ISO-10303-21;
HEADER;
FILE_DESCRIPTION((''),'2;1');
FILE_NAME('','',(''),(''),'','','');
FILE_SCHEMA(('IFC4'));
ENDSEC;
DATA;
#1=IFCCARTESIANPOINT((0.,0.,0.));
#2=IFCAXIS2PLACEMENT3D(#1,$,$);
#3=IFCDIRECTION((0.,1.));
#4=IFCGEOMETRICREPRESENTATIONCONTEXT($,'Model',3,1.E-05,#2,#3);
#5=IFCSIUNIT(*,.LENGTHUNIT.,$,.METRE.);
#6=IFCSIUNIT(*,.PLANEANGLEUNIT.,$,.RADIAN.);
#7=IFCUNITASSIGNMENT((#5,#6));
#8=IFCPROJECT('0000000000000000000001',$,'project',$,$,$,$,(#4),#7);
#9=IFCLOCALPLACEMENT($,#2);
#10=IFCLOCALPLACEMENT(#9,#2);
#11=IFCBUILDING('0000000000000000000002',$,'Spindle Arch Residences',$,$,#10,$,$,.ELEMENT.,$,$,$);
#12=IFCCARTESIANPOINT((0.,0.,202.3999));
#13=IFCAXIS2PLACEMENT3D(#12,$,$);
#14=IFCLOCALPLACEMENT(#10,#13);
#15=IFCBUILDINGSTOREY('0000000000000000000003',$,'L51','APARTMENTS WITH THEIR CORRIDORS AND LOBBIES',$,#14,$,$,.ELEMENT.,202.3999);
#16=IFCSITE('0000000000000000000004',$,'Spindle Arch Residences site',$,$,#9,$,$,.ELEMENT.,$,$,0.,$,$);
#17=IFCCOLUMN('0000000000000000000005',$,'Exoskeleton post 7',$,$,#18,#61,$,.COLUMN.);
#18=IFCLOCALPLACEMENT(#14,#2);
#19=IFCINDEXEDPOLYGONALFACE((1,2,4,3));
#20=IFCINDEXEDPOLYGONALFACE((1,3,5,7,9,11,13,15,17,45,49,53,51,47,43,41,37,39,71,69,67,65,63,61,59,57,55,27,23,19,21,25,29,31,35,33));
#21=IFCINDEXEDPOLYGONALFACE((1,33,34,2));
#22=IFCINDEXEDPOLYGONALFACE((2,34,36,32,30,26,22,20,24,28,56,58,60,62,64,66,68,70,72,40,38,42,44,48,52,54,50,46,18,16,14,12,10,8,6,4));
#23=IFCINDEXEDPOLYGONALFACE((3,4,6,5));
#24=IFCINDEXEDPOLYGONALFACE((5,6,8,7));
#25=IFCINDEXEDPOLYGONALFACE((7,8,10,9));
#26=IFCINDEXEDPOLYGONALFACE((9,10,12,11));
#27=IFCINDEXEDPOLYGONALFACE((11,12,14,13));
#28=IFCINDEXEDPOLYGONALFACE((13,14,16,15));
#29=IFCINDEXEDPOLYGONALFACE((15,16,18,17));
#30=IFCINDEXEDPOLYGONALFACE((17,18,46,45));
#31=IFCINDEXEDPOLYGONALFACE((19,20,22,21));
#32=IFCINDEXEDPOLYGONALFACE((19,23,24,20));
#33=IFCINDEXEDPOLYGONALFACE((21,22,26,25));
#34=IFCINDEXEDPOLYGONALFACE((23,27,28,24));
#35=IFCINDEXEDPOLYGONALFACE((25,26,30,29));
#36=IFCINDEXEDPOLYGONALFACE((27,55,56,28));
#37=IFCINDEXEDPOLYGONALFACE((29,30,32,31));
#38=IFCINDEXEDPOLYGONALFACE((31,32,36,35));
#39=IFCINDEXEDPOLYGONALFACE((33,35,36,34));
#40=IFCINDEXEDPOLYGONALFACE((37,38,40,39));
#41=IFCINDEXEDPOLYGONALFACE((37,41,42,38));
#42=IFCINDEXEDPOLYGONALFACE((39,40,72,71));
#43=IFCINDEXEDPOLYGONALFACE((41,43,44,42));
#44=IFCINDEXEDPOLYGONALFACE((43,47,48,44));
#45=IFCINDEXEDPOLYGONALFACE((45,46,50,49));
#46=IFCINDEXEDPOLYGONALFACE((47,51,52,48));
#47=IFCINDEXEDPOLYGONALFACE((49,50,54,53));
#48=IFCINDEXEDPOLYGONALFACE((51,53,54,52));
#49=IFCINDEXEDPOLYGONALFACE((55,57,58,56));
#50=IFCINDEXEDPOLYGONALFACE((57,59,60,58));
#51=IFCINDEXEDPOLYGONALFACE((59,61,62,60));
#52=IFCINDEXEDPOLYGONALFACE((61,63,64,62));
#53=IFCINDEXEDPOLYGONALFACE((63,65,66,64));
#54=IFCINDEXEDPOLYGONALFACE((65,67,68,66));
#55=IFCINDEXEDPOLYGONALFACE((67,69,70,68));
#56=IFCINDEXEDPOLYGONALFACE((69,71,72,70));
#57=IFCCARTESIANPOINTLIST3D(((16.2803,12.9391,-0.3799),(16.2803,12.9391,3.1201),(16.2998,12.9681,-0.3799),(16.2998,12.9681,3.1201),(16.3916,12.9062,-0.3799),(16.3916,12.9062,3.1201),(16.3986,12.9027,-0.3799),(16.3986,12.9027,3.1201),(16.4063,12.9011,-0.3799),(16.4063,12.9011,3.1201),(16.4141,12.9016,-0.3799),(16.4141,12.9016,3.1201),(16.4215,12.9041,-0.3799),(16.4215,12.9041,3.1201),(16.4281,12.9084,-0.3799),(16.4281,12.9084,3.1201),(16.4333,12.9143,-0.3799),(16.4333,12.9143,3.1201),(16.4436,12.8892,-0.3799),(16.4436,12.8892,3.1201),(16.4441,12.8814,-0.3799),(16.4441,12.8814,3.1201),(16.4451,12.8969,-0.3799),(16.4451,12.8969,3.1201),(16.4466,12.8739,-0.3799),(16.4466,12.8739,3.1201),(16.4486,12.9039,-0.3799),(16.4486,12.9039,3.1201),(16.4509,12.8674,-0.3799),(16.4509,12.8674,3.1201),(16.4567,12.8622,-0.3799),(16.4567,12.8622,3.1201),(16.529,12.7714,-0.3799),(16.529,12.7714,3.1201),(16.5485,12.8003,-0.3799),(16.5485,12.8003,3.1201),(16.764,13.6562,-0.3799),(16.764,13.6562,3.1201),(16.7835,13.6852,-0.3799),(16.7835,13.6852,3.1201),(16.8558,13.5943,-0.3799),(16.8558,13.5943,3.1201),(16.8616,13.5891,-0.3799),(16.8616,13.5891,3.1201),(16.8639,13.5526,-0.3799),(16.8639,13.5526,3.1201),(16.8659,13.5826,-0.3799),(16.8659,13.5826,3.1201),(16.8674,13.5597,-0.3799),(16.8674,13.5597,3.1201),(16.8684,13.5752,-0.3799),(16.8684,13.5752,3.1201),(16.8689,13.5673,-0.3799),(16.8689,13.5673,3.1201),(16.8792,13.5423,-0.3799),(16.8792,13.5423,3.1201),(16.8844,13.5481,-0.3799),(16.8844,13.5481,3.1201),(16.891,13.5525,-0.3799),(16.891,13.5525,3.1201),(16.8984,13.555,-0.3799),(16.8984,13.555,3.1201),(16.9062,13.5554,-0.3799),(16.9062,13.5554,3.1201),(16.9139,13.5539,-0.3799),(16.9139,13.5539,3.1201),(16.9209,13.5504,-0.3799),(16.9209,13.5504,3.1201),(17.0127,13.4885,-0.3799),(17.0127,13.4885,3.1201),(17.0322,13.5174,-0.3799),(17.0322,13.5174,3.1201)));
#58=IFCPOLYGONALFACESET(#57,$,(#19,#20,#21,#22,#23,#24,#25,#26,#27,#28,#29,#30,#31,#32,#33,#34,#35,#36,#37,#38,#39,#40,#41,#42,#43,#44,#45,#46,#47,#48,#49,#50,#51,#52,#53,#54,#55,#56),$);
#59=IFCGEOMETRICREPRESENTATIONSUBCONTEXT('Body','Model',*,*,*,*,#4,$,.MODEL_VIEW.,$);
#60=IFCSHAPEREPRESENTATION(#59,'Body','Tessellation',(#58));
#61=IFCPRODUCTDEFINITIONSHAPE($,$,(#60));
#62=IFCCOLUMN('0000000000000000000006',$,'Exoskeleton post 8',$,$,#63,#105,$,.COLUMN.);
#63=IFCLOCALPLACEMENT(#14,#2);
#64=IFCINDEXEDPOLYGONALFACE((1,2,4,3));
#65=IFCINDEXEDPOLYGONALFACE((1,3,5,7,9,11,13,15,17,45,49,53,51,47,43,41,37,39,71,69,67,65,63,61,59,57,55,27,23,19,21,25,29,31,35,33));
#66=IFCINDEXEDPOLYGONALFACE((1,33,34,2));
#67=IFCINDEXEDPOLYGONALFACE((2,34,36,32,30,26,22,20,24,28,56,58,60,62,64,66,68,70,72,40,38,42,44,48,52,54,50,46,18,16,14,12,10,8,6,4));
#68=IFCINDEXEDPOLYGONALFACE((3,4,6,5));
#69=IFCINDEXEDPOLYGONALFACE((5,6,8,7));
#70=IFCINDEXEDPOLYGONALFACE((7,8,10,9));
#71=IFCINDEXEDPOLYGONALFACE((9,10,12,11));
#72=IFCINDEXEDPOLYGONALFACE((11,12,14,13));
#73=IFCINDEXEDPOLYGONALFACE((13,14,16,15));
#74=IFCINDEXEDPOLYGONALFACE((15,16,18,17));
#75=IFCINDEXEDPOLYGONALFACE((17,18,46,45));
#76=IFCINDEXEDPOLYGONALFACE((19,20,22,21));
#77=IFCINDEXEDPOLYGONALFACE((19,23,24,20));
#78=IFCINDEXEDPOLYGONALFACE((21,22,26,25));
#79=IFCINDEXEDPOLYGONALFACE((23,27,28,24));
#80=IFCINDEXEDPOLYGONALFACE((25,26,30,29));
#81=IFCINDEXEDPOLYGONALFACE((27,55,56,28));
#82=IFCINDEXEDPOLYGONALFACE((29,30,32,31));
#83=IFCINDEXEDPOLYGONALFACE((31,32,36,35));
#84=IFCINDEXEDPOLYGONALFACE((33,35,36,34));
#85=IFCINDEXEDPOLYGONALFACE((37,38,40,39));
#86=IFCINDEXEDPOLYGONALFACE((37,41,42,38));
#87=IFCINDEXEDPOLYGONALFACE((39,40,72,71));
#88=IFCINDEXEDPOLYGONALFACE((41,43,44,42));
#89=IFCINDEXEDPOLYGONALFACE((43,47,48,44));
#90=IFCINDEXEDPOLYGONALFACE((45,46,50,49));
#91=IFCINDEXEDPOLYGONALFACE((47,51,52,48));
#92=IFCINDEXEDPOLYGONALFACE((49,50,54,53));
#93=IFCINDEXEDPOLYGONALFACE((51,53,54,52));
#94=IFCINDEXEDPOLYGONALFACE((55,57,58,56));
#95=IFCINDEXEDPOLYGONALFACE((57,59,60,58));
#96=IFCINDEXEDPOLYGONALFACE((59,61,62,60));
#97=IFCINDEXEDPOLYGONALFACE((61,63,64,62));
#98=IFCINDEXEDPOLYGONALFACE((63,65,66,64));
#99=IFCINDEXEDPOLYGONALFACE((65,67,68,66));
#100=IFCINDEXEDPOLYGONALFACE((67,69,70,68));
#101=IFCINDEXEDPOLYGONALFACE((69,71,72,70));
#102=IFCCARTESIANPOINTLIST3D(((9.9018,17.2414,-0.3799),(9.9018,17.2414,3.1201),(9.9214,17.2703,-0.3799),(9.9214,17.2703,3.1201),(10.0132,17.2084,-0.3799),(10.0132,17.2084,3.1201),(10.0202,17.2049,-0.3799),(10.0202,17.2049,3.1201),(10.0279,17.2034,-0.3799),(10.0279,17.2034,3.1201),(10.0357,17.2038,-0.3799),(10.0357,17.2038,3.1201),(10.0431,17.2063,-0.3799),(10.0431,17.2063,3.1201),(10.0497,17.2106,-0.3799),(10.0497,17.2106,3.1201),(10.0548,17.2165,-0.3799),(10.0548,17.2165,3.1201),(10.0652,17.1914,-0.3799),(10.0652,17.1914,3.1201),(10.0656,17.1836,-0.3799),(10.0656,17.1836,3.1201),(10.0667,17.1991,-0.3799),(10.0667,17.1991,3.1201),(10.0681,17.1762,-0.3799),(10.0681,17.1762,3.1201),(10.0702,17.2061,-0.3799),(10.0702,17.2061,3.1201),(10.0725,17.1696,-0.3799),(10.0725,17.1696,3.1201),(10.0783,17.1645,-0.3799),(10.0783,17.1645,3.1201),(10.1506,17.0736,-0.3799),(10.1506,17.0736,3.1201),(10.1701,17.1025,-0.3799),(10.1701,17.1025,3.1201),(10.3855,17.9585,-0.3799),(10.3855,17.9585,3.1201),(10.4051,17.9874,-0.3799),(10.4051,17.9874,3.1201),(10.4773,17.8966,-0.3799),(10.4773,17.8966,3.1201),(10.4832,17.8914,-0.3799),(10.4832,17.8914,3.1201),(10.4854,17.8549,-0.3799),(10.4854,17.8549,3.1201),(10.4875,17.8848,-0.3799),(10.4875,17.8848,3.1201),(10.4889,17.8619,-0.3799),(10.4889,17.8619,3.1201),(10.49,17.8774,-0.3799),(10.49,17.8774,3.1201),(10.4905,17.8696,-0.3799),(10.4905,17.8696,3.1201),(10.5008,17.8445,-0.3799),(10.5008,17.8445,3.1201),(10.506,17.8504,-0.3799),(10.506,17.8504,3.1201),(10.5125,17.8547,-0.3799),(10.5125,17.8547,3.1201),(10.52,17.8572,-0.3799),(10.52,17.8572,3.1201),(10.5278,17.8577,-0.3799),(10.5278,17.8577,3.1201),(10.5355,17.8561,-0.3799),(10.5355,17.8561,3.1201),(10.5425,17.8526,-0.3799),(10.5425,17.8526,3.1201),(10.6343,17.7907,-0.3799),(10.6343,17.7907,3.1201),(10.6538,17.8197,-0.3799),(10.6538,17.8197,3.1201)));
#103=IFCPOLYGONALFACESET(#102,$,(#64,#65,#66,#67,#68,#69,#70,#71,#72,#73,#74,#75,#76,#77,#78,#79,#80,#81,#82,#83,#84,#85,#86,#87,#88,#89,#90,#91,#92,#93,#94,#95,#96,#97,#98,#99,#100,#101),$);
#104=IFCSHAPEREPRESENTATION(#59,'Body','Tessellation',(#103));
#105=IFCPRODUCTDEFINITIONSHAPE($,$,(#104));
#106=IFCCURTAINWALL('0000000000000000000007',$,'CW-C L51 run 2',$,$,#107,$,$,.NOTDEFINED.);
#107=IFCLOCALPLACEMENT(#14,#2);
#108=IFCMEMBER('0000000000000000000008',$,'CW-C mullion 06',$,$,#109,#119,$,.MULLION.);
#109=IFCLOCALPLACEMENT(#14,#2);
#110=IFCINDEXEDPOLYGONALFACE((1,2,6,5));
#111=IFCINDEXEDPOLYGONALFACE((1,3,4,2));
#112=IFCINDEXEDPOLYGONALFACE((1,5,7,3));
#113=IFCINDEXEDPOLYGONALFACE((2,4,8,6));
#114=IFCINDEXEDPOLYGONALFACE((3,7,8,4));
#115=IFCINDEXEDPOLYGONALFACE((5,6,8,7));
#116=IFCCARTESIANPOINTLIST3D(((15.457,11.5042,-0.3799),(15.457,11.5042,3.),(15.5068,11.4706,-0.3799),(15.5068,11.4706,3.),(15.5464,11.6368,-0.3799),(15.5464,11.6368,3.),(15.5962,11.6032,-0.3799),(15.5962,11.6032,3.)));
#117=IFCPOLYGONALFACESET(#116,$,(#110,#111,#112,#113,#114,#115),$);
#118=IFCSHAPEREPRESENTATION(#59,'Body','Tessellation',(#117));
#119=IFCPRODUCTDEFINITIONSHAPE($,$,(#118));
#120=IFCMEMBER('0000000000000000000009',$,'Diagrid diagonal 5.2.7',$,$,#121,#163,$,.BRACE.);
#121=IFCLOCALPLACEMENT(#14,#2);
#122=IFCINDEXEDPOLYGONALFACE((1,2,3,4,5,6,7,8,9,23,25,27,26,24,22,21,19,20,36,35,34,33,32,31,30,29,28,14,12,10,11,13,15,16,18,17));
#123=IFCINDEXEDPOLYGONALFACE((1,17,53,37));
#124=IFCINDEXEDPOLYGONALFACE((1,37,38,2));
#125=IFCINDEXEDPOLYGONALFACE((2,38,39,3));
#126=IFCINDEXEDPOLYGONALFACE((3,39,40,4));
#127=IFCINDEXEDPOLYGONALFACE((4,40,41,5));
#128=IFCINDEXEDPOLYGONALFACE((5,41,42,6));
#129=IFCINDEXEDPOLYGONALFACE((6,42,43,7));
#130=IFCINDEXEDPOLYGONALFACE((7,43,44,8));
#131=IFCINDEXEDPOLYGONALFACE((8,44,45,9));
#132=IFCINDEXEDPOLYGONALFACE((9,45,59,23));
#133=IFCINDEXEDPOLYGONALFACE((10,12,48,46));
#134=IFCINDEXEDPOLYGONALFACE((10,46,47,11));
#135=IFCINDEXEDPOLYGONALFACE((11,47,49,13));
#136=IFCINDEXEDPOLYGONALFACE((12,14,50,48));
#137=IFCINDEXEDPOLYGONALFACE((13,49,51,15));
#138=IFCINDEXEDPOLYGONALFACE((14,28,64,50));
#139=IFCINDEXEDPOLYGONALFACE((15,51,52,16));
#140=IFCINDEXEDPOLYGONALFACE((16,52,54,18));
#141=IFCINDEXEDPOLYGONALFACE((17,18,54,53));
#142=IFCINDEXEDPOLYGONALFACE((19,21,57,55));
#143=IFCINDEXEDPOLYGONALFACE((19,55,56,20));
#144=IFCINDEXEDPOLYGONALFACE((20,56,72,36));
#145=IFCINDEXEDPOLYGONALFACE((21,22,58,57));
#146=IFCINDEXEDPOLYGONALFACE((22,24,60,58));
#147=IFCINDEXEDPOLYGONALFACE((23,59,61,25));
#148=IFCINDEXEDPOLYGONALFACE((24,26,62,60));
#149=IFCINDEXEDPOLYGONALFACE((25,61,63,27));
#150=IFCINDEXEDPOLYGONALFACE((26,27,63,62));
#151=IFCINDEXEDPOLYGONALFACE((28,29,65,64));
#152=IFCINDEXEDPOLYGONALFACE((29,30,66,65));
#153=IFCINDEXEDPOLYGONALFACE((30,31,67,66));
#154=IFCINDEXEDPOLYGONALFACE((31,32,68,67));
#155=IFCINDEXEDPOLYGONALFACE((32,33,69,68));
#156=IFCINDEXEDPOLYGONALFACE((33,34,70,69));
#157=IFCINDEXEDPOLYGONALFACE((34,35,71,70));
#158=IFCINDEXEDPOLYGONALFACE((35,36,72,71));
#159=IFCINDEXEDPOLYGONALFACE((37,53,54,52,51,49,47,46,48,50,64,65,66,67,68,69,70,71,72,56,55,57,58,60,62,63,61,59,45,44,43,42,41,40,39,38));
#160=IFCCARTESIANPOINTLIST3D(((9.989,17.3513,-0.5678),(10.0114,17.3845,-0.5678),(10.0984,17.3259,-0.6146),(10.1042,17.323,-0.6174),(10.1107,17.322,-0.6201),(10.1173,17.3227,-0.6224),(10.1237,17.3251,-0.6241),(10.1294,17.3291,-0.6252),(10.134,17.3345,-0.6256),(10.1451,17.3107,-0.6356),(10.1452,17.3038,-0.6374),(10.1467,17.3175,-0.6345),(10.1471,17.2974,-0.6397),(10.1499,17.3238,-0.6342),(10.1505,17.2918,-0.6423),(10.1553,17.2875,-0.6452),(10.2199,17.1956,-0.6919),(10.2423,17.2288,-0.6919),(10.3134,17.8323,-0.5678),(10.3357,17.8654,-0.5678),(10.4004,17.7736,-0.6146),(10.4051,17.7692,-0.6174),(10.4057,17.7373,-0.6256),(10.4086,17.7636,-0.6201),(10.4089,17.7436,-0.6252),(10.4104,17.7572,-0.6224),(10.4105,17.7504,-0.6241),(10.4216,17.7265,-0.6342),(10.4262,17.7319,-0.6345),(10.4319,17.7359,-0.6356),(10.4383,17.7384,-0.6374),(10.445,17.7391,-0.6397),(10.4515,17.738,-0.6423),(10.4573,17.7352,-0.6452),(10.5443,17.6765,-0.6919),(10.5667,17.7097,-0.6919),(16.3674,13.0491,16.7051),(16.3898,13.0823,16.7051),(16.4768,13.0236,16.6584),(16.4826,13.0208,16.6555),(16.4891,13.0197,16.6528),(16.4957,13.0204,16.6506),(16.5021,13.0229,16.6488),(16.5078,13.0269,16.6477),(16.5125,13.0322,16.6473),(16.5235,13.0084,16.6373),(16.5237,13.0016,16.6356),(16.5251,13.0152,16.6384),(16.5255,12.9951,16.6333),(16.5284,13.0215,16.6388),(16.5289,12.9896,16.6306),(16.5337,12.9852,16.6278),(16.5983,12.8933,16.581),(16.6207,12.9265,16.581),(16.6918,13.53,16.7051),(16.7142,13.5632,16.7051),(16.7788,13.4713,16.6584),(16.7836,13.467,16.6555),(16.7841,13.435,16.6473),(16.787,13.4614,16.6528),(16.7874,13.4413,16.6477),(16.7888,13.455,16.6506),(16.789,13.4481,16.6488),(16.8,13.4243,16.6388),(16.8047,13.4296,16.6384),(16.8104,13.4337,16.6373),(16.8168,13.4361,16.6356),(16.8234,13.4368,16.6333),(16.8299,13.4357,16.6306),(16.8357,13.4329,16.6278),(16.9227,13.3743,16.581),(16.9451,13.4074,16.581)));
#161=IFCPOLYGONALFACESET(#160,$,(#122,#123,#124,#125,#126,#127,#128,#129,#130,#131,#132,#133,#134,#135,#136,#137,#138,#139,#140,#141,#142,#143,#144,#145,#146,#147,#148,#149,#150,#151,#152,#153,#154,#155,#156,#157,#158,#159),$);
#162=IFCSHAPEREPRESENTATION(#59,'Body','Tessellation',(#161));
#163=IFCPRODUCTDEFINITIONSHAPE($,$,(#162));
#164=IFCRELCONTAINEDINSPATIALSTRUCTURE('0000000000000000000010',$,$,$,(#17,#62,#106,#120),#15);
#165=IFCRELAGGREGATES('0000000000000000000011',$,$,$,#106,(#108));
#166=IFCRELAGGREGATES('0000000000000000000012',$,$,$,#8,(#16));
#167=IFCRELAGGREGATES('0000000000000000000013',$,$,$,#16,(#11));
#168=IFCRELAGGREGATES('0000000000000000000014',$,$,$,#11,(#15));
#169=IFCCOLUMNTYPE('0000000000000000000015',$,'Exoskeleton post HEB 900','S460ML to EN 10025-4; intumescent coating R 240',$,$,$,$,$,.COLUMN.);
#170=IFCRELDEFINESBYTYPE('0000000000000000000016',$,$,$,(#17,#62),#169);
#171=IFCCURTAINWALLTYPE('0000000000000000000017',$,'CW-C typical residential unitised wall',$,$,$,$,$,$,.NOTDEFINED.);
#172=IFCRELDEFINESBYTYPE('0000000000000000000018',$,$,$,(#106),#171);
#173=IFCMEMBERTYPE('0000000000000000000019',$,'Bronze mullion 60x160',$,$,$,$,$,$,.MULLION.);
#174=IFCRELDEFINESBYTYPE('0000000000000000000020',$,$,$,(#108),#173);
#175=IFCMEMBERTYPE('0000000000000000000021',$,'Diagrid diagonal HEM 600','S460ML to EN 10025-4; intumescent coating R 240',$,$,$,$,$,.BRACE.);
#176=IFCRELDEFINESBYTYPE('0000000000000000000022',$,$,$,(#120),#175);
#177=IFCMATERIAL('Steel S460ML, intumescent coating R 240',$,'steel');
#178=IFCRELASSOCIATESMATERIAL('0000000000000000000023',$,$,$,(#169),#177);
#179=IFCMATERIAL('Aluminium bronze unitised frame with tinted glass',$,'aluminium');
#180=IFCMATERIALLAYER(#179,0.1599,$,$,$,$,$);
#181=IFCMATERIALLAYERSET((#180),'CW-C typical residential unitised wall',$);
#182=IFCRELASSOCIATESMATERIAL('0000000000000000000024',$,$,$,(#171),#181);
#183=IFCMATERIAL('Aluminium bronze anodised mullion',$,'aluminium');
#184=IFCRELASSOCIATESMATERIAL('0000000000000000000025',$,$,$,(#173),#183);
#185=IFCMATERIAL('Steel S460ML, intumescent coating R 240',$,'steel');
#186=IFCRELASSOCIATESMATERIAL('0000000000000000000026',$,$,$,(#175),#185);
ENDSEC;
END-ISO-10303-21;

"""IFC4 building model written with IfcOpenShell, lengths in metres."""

from ifc_helpers import new_model, si_unit, direction, frame, origin, origin_2d, place, context, subcontext, project, spatial, rectangle, i_section, extrude, material, layer, layer_set, material_profile, profile_set, type_object, element, aggregate, save


model = new_model("IFC4")

# Units and contexts
model_context = context("Model", 3, precision=1e-05, world=origin(), true_north=direction((0.0, 1.0)))
body_context = subcontext(model_context, "Body", "Model", "MODEL_VIEW")
ifc_project = project(units=[si_unit("LENGTHUNIT", "METRE"), si_unit("PLANEANGLEUNIT", "RADIAN")], contexts=[model_context])

# Site, building, storey
site_placement = place(None, origin())
site = spatial("IfcSite", under=ifc_project, at=site_placement, Name="Spindle Arch Residences site", CompositionType="ELEMENT", RefElevation=0.0)
building_placement = place(site_placement, origin())
building = spatial("IfcBuilding", under=site, at=building_placement, Name="Spindle Arch Residences", CompositionType="ELEMENT")
storey_placement = place(building_placement, frame((0.0, 0.0, 202.3999)))
storey = spatial("IfcBuildingStorey", under=building, at=storey_placement, Name="L51", Description="APARTMENTS WITH THEIR CORRIDORS AND LOBBIES", CompositionType="ELEMENT", Elevation=202.3999)

# Columns
ifc_material_1 = material(Name="Steel S460ML, intumescent coating R 240", Category="steel")
ifc_material_profile_1 = material_profile(ifc_material_1, i_section(OverallWidth=0.3, OverallDepth=0.8999, WebThickness=0.0186, FlangeThickness=0.0349, FilletRadius=0.03, at=origin_2d()), Name="HEB 900")
ifc_profile_set_1 = profile_set([ifc_material_profile_1], Name="Steel S460ML, intumescent coating R 240")
column_type = type_object("IfcColumnType", Name="Exoskeleton post HEB 900", Description="S460ML to EN 10025-4; intumescent coating R 240", PredefinedType="COLUMN", material=ifc_profile_set_1)
for number, where, z_axis, x_axis, name in (
    (1, (16.6562, 13.2283, -0.3799), (0.0, 0.0, 1.0), (0.829038, -0.559193, 0.0), "Exoskeleton post 7"),
    (2, (10.2778, 17.5305, -0.3799), (0.0, 0.0, 1.0), (0.829038, -0.559193, 0.0), "Exoskeleton post 8"),
):
    element("IfcColumn", number, at=place(storey_placement, frame(where, z_axis=z_axis, x_axis=x_axis)), inside=storey, type_object=column_type, Name=name, PredefinedType="COLUMN", context=body_context, shape_type="SweptSolid", body=[
        extrude(i_section(OverallWidth=0.3, OverallDepth=0.8999, WebThickness=0.0186, FlangeThickness=0.0349, FilletRadius=0.03, at=origin_2d()), origin(), (0.0, 0.0, 1.0), 3.5),
    ])

# Curtain wall, member
ifc_material_2 = material(Name="Aluminium bronze unitised frame with tinted glass", Category="aluminium")
ifc_layer_1 = layer(ifc_material_2, 0.1599)
ifc_layer_set_1 = layer_set([ifc_layer_1], Name="CW-C typical residential unitised wall")
curtain_wall_type = type_object("IfcCurtainWallType", Name="CW-C typical residential unitised wall", PredefinedType="NOTDEFINED", material=ifc_layer_set_1)
curtain_wall_placement = place(storey_placement, origin())
curtain_wall = element("IfcCurtainWall", 3, at=curtain_wall_placement, inside=storey, type_object=curtain_wall_type, Name="CW-C L51 run 2", PredefinedType="NOTDEFINED")
ifc_material_3 = material(Name="Aluminium bronze anodised mullion", Category="aluminium")
ifc_material_profile_2 = material_profile(ifc_material_3, rectangle(XDim=0.1599, YDim=0.0601, at=origin_2d()), Name="MU 60x160")
ifc_profile_set_2 = profile_set([ifc_material_profile_2], Name="Aluminium bronze anodised mullion")
member_type_1 = type_object("IfcMemberType", Name="Bronze mullion 60x160", PredefinedType="MULLION", material=ifc_profile_set_2)
member_placement = place(storey_placement, frame((15.5266, 11.5537, -0.3799), z_axis=(0.0, 0.0, 1.0), x_axis=(-0.559193, -0.829038, 0.0)))
member = element("IfcMember", 4, at=member_placement, type_object=member_type_1, Name="CW-C mullion 06", PredefinedType="MULLION", context=body_context, shape_type="SweptSolid", body=[
    extrude(rectangle(XDim=0.1599, YDim=0.0601, at=origin_2d()), origin(), (0.0, 0.0, 1.0), 3.3799),
])

# Member
ifc_material_4 = material(Name="Steel S460ML, intumescent coating R 240", Category="steel")
ifc_material_profile_3 = material_profile(ifc_material_4, i_section(OverallWidth=0.3049, OverallDepth=0.6201, WebThickness=0.021, FlangeThickness=0.04, FilletRadius=0.0271, at=origin_2d()), Name="HEM 600")
ifc_profile_set_3 = profile_set([ifc_material_profile_3], Name="Steel S460ML, intumescent coating R 240")
member_type_2 = type_object("IfcMemberType", Name="Diagrid diagonal HEM 600", Description="S460ML to EN 10025-4; intumescent coating R 240", PredefinedType="BRACE", material=ifc_profile_set_3)
for number, where, z_axis, x_axis, name in (
    (5, (10.2778, 17.5305, -0.6299), (0.337323, -0.227524, 0.91348), (-0.757312, 0.510807, 0.406883), "Diagrid diagonal 5.2.7"),
):
    element("IfcMember", number, at=place(storey_placement, frame(where, z_axis=z_axis, x_axis=x_axis)), inside=storey, type_object=member_type_2, Name=name, PredefinedType="BRACE", context=body_context, shape_type="SweptSolid", body=[
        extrude(i_section(OverallWidth=0.3049, OverallDepth=0.6201, WebThickness=0.021, FlangeThickness=0.04, FilletRadius=0.0271, at=origin_2d()), origin(), (0.0, 0.0, 1.0), 18.9089),
    ])

aggregate(curtain_wall, [member])

save(model, "model.ifc")
